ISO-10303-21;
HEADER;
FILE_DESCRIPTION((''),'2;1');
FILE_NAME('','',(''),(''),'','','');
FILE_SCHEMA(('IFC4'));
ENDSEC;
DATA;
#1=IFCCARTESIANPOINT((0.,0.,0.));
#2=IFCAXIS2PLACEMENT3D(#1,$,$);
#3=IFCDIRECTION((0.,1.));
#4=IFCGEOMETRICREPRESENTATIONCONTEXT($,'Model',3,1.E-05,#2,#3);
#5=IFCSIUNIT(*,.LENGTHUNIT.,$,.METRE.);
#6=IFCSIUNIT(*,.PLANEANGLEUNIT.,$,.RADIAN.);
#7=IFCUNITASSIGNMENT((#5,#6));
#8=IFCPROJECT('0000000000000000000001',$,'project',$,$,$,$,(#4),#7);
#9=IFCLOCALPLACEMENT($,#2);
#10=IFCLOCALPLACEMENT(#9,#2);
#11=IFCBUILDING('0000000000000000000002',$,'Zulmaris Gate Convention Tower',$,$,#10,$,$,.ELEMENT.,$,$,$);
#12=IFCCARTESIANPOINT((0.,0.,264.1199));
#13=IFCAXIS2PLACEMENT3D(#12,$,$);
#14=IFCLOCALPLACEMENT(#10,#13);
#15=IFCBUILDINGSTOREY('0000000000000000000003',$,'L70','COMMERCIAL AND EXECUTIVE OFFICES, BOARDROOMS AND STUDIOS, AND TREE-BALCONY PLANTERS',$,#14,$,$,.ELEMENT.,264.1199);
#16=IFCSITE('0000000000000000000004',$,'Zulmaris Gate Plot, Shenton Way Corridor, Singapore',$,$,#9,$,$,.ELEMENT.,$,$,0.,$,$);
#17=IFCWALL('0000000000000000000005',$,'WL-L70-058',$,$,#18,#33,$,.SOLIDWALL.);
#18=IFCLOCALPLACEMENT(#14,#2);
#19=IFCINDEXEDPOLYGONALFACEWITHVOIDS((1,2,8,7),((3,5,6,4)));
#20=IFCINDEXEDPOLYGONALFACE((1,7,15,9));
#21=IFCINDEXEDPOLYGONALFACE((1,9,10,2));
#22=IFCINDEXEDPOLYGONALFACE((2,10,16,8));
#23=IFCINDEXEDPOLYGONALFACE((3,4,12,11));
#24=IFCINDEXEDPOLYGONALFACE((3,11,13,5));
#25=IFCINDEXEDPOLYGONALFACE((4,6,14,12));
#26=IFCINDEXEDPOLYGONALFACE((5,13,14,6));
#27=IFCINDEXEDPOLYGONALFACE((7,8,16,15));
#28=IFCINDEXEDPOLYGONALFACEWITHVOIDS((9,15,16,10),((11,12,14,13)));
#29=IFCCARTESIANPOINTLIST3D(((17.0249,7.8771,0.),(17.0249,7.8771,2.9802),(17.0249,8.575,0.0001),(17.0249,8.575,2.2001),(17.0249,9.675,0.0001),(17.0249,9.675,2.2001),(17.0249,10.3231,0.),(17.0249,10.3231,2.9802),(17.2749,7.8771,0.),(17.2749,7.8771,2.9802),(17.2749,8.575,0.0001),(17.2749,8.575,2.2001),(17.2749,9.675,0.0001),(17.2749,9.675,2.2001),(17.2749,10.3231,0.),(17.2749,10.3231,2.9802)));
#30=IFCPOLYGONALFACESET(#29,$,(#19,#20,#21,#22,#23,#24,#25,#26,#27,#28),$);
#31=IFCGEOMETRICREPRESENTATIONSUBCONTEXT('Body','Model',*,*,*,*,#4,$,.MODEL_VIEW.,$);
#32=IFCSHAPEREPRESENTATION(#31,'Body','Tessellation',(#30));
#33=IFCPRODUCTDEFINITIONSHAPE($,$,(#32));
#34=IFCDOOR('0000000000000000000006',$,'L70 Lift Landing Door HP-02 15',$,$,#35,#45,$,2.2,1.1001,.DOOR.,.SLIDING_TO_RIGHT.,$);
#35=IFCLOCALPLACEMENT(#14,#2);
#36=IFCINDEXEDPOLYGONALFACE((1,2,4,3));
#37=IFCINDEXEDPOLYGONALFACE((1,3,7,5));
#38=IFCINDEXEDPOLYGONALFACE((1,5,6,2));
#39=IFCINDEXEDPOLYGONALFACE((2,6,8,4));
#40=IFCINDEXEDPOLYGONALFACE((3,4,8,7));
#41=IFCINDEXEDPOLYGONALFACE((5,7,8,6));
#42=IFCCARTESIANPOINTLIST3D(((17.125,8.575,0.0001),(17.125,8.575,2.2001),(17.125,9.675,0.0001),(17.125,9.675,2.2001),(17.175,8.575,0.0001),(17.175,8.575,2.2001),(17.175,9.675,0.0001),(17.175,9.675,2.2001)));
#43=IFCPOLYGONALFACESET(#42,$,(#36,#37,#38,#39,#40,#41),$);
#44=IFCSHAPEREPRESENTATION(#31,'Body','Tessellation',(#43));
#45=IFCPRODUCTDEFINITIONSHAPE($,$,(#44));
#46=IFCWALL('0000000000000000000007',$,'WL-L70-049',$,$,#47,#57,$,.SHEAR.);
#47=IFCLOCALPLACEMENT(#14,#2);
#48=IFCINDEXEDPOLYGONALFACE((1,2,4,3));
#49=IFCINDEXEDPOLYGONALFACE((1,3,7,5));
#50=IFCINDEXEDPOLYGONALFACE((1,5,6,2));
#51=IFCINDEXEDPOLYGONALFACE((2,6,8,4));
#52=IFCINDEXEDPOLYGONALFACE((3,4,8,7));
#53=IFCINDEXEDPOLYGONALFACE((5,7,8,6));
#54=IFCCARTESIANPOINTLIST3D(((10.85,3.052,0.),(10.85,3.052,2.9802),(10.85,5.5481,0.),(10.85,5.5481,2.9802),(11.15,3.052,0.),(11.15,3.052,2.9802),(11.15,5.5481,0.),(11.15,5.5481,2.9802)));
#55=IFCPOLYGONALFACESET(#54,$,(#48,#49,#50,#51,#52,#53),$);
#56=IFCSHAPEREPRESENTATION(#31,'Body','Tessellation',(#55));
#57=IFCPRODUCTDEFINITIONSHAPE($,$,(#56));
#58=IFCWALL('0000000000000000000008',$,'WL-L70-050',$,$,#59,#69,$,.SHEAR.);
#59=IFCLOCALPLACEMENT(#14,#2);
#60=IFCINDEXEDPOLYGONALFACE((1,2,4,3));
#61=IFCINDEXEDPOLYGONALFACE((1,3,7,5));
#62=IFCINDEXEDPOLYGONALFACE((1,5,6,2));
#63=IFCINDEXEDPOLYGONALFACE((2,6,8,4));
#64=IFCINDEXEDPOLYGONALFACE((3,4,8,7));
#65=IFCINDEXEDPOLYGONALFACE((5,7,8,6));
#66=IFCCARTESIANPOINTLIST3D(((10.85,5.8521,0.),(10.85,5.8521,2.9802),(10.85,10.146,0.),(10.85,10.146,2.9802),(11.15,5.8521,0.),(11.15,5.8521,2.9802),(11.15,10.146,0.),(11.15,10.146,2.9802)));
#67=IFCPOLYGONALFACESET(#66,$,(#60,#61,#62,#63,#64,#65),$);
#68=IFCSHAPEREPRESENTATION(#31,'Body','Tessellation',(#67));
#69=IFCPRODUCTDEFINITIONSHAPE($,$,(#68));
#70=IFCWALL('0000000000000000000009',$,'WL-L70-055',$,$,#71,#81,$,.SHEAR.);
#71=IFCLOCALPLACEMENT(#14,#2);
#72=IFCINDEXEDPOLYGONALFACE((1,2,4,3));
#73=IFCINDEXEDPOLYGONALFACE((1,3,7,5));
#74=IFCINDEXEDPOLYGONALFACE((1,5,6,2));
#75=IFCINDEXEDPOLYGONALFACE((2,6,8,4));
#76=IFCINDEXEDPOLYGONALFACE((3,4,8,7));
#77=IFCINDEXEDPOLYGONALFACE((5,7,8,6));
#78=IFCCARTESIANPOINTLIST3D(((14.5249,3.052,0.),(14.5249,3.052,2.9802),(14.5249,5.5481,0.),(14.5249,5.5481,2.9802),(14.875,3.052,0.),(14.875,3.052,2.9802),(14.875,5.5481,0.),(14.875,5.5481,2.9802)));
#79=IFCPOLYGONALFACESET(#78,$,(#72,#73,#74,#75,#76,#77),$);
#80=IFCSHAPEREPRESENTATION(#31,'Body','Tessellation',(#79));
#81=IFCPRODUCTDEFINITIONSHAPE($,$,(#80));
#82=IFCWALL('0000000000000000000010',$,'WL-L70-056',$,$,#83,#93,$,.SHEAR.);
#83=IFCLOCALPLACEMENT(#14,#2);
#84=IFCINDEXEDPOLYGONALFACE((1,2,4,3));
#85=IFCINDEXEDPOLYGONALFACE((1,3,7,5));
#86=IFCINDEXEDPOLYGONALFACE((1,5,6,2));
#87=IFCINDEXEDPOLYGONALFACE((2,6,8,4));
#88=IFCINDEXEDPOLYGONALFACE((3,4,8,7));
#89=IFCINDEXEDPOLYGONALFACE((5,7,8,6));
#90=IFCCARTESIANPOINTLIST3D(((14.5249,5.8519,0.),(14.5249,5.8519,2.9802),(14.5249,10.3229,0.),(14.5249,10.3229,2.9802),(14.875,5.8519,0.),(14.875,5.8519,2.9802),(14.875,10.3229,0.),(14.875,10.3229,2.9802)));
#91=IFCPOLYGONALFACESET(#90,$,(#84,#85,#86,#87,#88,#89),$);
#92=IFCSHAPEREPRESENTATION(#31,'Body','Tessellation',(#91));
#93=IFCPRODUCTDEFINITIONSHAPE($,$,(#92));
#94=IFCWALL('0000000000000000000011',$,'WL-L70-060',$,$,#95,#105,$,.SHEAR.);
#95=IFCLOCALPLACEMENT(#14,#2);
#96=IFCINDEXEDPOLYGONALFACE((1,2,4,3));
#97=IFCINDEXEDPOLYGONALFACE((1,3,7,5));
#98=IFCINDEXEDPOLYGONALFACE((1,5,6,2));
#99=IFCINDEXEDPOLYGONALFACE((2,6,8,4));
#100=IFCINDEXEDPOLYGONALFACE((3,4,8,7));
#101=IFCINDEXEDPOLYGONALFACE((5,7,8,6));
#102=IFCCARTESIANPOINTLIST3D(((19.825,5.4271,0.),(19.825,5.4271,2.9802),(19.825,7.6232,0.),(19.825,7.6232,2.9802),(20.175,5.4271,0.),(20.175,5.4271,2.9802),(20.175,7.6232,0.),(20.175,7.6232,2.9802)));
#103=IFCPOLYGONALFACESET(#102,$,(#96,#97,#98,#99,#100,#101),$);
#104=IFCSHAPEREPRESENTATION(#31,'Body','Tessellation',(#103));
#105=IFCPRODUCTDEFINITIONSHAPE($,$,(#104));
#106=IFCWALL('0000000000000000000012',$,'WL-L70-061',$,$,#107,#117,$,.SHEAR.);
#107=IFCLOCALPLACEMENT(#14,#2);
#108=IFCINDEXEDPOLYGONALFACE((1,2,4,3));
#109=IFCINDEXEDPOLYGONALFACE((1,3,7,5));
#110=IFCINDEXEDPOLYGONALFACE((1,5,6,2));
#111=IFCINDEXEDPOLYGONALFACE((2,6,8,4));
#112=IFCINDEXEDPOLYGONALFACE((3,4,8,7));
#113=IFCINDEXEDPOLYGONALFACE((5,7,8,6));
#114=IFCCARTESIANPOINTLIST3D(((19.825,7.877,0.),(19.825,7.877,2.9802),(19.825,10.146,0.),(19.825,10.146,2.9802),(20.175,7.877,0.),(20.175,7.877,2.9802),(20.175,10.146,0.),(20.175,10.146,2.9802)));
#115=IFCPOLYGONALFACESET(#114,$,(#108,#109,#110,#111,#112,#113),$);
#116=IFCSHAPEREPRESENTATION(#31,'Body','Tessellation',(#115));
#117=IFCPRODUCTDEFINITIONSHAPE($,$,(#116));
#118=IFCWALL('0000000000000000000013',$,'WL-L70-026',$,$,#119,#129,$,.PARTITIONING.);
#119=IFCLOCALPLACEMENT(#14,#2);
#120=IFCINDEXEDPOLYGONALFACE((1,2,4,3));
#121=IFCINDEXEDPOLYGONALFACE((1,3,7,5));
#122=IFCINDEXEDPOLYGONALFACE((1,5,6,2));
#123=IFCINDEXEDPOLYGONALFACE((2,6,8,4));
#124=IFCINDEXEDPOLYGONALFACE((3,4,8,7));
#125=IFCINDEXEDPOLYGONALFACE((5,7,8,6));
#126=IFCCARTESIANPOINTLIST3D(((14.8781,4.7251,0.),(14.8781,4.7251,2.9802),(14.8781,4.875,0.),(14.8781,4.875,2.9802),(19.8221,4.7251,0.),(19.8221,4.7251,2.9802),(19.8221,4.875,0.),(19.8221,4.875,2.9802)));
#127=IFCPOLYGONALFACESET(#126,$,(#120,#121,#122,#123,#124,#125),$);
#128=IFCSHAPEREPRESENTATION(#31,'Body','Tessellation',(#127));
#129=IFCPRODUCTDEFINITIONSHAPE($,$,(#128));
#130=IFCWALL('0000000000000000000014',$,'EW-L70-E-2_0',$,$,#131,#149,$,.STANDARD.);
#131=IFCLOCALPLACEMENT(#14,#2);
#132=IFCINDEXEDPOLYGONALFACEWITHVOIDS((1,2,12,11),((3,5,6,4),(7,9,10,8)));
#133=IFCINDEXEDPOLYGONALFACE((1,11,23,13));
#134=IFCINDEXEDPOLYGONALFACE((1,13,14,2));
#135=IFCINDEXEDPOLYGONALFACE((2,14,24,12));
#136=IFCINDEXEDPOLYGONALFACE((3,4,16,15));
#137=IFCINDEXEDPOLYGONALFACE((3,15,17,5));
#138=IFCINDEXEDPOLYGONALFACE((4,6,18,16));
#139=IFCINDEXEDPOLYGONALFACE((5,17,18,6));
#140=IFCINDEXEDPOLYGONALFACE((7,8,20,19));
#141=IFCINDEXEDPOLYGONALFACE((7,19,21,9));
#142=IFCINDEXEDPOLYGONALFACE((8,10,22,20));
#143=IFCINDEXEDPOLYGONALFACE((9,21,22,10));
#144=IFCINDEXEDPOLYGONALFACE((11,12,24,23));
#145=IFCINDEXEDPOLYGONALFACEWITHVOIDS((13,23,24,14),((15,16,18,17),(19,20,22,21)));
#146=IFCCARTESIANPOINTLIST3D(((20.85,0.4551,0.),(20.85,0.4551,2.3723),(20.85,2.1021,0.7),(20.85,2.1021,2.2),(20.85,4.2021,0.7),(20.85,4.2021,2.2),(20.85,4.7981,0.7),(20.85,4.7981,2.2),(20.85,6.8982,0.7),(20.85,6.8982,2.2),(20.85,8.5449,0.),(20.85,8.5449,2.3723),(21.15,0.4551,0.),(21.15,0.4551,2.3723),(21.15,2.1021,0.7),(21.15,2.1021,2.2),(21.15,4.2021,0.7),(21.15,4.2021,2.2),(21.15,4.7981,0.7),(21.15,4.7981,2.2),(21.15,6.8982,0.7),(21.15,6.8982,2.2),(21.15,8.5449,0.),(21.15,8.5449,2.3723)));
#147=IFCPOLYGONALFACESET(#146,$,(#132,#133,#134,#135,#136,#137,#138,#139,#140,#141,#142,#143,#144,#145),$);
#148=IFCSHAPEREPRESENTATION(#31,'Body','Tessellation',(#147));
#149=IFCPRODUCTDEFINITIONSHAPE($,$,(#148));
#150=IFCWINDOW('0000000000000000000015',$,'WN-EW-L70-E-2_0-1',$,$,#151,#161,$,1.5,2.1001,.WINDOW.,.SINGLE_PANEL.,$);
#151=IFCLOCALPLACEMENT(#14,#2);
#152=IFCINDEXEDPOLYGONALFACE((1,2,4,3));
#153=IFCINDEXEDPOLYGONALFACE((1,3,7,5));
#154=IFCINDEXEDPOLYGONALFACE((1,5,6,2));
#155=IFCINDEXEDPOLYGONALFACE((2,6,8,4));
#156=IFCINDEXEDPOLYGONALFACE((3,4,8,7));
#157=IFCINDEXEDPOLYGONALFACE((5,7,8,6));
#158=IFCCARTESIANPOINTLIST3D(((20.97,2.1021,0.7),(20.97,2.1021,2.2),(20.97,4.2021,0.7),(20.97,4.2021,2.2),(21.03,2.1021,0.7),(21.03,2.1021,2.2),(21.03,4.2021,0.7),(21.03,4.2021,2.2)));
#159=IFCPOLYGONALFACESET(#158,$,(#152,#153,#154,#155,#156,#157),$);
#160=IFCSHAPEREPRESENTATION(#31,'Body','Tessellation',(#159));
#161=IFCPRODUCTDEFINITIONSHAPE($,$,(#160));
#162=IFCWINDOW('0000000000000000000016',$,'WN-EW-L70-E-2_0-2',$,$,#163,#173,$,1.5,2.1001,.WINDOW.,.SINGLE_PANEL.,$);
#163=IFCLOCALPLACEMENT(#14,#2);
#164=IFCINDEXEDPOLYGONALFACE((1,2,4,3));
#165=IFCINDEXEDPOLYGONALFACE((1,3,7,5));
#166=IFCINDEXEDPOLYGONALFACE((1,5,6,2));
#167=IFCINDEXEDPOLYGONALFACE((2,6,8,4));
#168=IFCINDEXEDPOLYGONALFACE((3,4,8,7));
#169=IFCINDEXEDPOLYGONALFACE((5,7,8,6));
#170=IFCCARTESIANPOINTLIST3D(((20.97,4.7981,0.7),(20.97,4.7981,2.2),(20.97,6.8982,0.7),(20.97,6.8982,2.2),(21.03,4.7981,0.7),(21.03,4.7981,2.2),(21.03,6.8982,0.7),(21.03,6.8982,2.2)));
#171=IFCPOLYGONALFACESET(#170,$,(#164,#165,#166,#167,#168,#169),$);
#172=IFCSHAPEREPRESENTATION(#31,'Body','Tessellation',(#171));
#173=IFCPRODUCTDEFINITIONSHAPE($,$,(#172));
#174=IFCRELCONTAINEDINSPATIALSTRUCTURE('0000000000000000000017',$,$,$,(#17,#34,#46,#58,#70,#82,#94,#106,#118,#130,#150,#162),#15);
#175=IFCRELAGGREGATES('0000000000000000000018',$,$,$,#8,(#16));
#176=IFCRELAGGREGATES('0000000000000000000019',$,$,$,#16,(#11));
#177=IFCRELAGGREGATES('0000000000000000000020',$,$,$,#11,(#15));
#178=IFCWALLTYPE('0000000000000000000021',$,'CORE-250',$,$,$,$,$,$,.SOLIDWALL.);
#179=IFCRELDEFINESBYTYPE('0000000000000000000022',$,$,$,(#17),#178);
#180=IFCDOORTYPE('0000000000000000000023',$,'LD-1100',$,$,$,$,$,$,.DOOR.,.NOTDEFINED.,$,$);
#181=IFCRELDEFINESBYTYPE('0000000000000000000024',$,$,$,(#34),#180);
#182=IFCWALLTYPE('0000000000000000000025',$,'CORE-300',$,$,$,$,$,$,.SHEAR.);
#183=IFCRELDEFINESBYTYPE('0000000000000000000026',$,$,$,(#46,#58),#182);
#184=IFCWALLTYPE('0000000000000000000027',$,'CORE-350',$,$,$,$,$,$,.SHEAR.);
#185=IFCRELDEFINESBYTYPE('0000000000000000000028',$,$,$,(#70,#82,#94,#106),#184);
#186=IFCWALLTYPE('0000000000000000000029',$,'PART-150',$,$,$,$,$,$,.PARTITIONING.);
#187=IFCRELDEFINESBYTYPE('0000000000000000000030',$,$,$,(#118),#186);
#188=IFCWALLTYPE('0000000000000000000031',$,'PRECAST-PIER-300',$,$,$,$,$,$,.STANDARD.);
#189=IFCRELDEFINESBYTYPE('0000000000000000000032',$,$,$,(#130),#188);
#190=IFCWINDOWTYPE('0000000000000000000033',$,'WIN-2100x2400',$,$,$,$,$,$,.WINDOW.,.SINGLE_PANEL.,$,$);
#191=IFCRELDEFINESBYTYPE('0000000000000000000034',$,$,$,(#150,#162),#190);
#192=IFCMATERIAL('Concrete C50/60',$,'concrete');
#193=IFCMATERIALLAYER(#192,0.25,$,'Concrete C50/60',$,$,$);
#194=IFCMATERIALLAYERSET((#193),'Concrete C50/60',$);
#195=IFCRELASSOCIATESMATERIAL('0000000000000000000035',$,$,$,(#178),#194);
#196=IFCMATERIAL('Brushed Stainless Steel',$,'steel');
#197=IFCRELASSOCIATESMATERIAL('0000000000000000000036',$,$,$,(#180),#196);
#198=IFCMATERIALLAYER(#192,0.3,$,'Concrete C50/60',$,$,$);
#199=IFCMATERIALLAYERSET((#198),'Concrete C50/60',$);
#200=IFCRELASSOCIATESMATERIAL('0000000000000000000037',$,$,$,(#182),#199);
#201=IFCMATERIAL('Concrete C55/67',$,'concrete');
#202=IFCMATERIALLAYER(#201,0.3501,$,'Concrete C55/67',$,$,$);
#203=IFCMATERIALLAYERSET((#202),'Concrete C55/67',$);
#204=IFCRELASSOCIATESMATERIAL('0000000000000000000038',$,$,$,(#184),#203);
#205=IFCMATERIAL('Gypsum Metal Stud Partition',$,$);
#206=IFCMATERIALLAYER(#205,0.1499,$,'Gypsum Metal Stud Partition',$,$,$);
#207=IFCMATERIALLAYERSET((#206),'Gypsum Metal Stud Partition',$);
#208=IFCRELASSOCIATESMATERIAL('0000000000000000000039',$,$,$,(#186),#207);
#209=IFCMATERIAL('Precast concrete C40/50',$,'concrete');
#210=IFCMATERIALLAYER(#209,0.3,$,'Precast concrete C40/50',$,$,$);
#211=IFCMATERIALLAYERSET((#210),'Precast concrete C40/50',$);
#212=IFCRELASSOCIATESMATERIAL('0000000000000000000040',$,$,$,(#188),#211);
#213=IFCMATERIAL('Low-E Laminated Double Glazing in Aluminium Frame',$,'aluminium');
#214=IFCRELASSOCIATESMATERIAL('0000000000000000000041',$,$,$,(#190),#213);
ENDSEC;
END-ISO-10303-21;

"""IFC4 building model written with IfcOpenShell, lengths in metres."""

from ifc_helpers import new_model, si_unit, direction, frame, frame_2d, origin, place, context, subcontext, project, spatial, rectangle, extrude, material, layer, layer_set, type_object, element, fill, save


model = new_model("IFC4")

# Units and contexts
model_context = context("Model", 3, precision=1e-05, world=origin(), true_north=direction((0.0, 1.0)))
body_context = subcontext(model_context, "Body", "Model", "MODEL_VIEW")
ifc_project = project(units=[si_unit("LENGTHUNIT", "METRE"), si_unit("PLANEANGLEUNIT", "RADIAN")], contexts=[model_context])

# Site, building, storey
site_placement = place(None, origin())
site = spatial("IfcSite", under=ifc_project, at=site_placement, Name="Zulmaris Gate Plot, Shenton Way Corridor, Singapore", CompositionType="ELEMENT", RefElevation=0.0)
building_placement = place(site_placement, origin())
building = spatial("IfcBuilding", under=site, at=building_placement, Name="Zulmaris Gate Convention Tower", CompositionType="ELEMENT")
storey_placement = place(building_placement, frame((0.0, 0.0, 264.1199)))
storey = spatial("IfcBuildingStorey", under=building, at=storey_placement, Name="L70", Description="COMMERCIAL AND EXECUTIVE OFFICES, BOARDROOMS AND STUDIOS, AND TREE-BALCONY PLANTERS", CompositionType="ELEMENT", Elevation=264.1199)

# Shared definitions
ifc_material_1 = material(Name="Concrete C50/60", Category="concrete")

# Shared definitions
ifc_layer_1 = layer(ifc_material_1, 0.25, Name="Concrete C50/60")
ifc_layer_set_1 = layer_set([ifc_layer_1], Name="Concrete C50/60")
wall_type_1 = type_object("IfcWallType", Name="CORE-250", PredefinedType="SOLIDWALL", material=ifc_layer_set_1)

# Wall, opening, door
ifc_material_2 = material(Name="Brushed Stainless Steel", Category="steel")
door_type_1 = type_object("IfcDoorType", Name="LD-1100", OperationType="NOTDEFINED", PredefinedType="DOOR", material=ifc_material_2)
wall_1_placement = place(storey_placement, frame((17.1499, 7.877, 0.0), z_axis=(0.0, 0.0, 1.0), x_axis=(0.0, 1.0, 0.0)))
wall_1 = element("IfcWall", 1, at=wall_1_placement, inside=storey, type_object=wall_type_1, Name="WL-L70-058", PredefinedType="SOLIDWALL", context=body_context, shape_type="SweptSolid", body=[
    extrude(rectangle(XDim=2.446, YDim=0.25, at=frame_2d((1.2231, 0.0))), origin(), (0.0, 0.0, 1.0), 2.9802),
])
opening_1_placement = place(wall_1_placement, frame((0.698, 0.0, 0.0)))
opening_1 = element("IfcOpeningElement", 2, at=opening_1_placement, cuts=wall_1, PredefinedType="OPENING", context=body_context, shape_type="SweptSolid", body=[
    extrude(rectangle(XDim=1.1001, YDim=2.2, at=frame_2d((0.55, 1.1001))), frame((0.0, 0.135, 0.0), z_axis=(0.0, -1.0, 0.0), x_axis=(1.0, 0.0, 0.0)), (0.0, 0.0, 1.0), 0.27),
])
door_1_placement = place(opening_1_placement, origin())
door_1 = element("IfcDoor", 3, at=door_1_placement, inside=storey, type_object=door_type_1, Name="L70 Lift Landing Door HP-02 15", OperationType="SLIDING_TO_RIGHT", OverallHeight=2.2, OverallWidth=1.1001, PredefinedType="DOOR", context=body_context, shape_type="SweptSolid", body=[
    extrude(rectangle(XDim=1.1001, YDim=2.2, at=frame_2d((0.55, 1.1001))), frame((0.0, 0.0249, 0.0), z_axis=(0.0, -1.0, 0.0), x_axis=(1.0, 0.0, 0.0)), (0.0, 0.0, 1.0), 0.05),
])
fill(opening_1, door_1)
ifc_layer_2 = layer(ifc_material_1, 0.3, Name="Concrete C50/60")
ifc_layer_set_2 = layer_set([ifc_layer_2], Name="Concrete C50/60")
wall_type_2 = type_object("IfcWallType", Name="CORE-300", PredefinedType="SHEAR", material=ifc_layer_set_2)

# Walls
wall_2_placement = place(storey_placement, frame((11.0, 3.052, 0.0), z_axis=(0.0, 0.0, 1.0), x_axis=(0.0, 1.0, 0.0)))
element("IfcWall", 4, at=wall_2_placement, inside=storey, type_object=wall_type_2, Name="WL-L70-049", PredefinedType="SHEAR", context=body_context, shape_type="SweptSolid", body=[
    extrude(rectangle(XDim=2.4961, YDim=0.3, at=frame_2d((1.248, 0.0))), origin(), (0.0, 0.0, 1.0), 2.9802),
])
wall_3_placement = place(storey_placement, frame((11.0, 5.8521, 0.0), z_axis=(0.0, 0.0, 1.0), x_axis=(0.0, 1.0, 0.0)))
element("IfcWall", 5, at=wall_3_placement, inside=storey, type_object=wall_type_2, Name="WL-L70-050", PredefinedType="SHEAR", context=body_context, shape_type="SweptSolid", body=[
    extrude(rectangle(XDim=4.2939, YDim=0.3, at=frame_2d((2.147, 0.0))), origin(), (0.0, 0.0, 1.0), 2.9802),
])
ifc_material_3 = material(Name="Concrete C55/67", Category="concrete")
ifc_layer_3 = layer(ifc_material_3, 0.3501, Name="Concrete C55/67")
ifc_layer_set_3 = layer_set([ifc_layer_3], Name="Concrete C55/67")
wall_type_3 = type_object("IfcWallType", Name="CORE-350", PredefinedType="SHEAR", material=ifc_layer_set_3)
wall_4_placement = place(storey_placement, frame((14.7, 3.052, 0.0), z_axis=(0.0, 0.0, 1.0), x_axis=(0.0, 1.0, 0.0)))
element("IfcWall", 6, at=wall_4_placement, inside=storey, type_object=wall_type_3, Name="WL-L70-055", PredefinedType="SHEAR", context=body_context, shape_type="SweptSolid", body=[
    extrude(rectangle(XDim=2.4961, YDim=0.3501, at=frame_2d((1.248, 0.0))), origin(), (0.0, 0.0, 1.0), 2.9802),
])
wall_5_placement = place(storey_placement, frame((14.7, 5.8521, 0.0), z_axis=(0.0, 0.0, 1.0), x_axis=(0.0, 1.0, 0.0)))
element("IfcWall", 7, at=wall_5_placement, inside=storey, type_object=wall_type_3, Name="WL-L70-056", PredefinedType="SHEAR", context=body_context, shape_type="SweptSolid", body=[
    extrude(rectangle(XDim=4.4709, YDim=0.3501, at=frame_2d((2.2354, 0.0))), origin(), (0.0, 0.0, 1.0), 2.9802),
])
wall_6_placement = place(storey_placement, frame((20.0, 5.427, 0.0), z_axis=(0.0, 0.0, 1.0), x_axis=(0.0, 1.0, 0.0)))
element("IfcWall", 8, at=wall_6_placement, inside=storey, type_object=wall_type_3, Name="WL-L70-060", PredefinedType="SHEAR", context=body_context, shape_type="SweptSolid", body=[
    extrude(rectangle(XDim=2.196, YDim=0.3501, at=frame_2d((1.0981, 0.0))), origin(), (0.0, 0.0, 1.0), 2.9802),
])
wall_7_placement = place(storey_placement, frame((20.0, 7.877, 0.0), z_axis=(0.0, 0.0, 1.0), x_axis=(0.0, 1.0, 0.0)))
element("IfcWall", 9, at=wall_7_placement, inside=storey, type_object=wall_type_3, Name="WL-L70-061", PredefinedType="SHEAR", context=body_context, shape_type="SweptSolid", body=[
    extrude(rectangle(XDim=2.269, YDim=0.3501, at=frame_2d((1.1345, 0.0))), origin(), (0.0, 0.0, 1.0), 2.9802),
])
ifc_material_4 = material(Name="Gypsum Metal Stud Partition")
ifc_layer_4 = layer(ifc_material_4, 0.1499, Name="Gypsum Metal Stud Partition")
ifc_layer_set_4 = layer_set([ifc_layer_4], Name="Gypsum Metal Stud Partition")
wall_type_4 = type_object("IfcWallType", Name="PART-150", PredefinedType="PARTITIONING", material=ifc_layer_set_4)
wall_8_placement = place(storey_placement, frame((14.8779, 4.8, 0.0), z_axis=(0.0, 0.0, 1.0), x_axis=(1.0, 0.0, 0.0)))
element("IfcWall", 10, at=wall_8_placement, inside=storey, type_object=wall_type_4, Name="WL-L70-026", PredefinedType="PARTITIONING", context=body_context, shape_type="SweptSolid", body=[
    extrude(rectangle(XDim=4.9441, YDim=0.1499, at=frame_2d((2.4722, 0.0))), origin(), (0.0, 0.0, 1.0), 2.9802),
])

# Wall, openings, windows
ifc_material_5 = material(Name="Precast concrete C40/50", Category="concrete")
ifc_layer_5 = layer(ifc_material_5, 0.3, Name="Precast concrete C40/50")
ifc_layer_set_5 = layer_set([ifc_layer_5], Name="Precast concrete C40/50")
wall_type_5 = type_object("IfcWallType", Name="PRECAST-PIER-300", PredefinedType="STANDARD", material=ifc_layer_set_5)
wall_9_placement = place(storey_placement, frame((21.0, 0.4551, 0.0), z_axis=(0.0, 0.0, 1.0), x_axis=(0.0, 1.0, 0.0)))
wall_9 = element("IfcWall", 11, at=wall_9_placement, inside=storey, type_object=wall_type_5, Name="EW-L70-E-2_0", PredefinedType="STANDARD", context=body_context, shape_type="SweptSolid", body=[
    extrude(rectangle(XDim=8.0898, YDim=0.3, at=frame_2d((4.0449, 0.0))), origin(), (0.0, 0.0, 1.0), 2.3723),
])
opening_2_placement = place(wall_9_placement, frame((1.647, 0.0, 0.7)))
opening_2 = element("IfcOpeningElement", 12, at=opening_2_placement, cuts=wall_9, PredefinedType="OPENING", context=body_context, shape_type="SweptSolid", body=[
    extrude(rectangle(XDim=2.1001, YDim=1.5, at=frame_2d((1.05, 0.75))), frame((0.0, 0.1602, 0.0), z_axis=(0.0, -1.0, 0.0), x_axis=(1.0, 0.0, 0.0)), (0.0, 0.0, 1.0), 0.3201),
])
opening_3_placement = place(wall_9_placement, frame((4.343, 0.0, 0.7)))
opening_3 = element("IfcOpeningElement", 13, at=opening_3_placement, cuts=wall_9, PredefinedType="OPENING", context=body_context, shape_type="SweptSolid", body=[
    extrude(rectangle(XDim=2.1001, YDim=1.5, at=frame_2d((1.05, 0.75))), frame((0.0, 0.1602, 0.0), z_axis=(0.0, -1.0, 0.0), x_axis=(1.0, 0.0, 0.0)), (0.0, 0.0, 1.0), 0.3201),
])
ifc_material_6 = material(Name="Low-E Laminated Double Glazing in Aluminium Frame", Category="aluminium")
window_type = type_object("IfcWindowType", Name="WIN-2100x2400", PartitioningType="SINGLE_PANEL", PredefinedType="WINDOW", material=ifc_material_6)
window_1_placement = place(opening_2_placement, origin())
window_1 = element("IfcWindow", 14, at=window_1_placement, inside=storey, type_object=window_type, Name="WN-EW-L70-E-2_0-1", OverallHeight=1.5, OverallWidth=2.1001, PartitioningType="SINGLE_PANEL", PredefinedType="WINDOW", context=body_context, shape_type="SweptSolid", body=[
    extrude(rectangle(XDim=2.1001, YDim=1.5, at=frame_2d((1.05, 0.75))), frame((0.0, 0.03, 0.0), z_axis=(0.0, -1.0, 0.0), x_axis=(1.0, 0.0, 0.0)), (0.0, 0.0, 1.0), 0.0601),
])
fill(opening_2, window_1)
window_2_placement = place(opening_3_placement, origin())
window_2 = element("IfcWindow", 15, at=window_2_placement, inside=storey, type_object=window_type, Name="WN-EW-L70-E-2_0-2", OverallHeight=1.5, OverallWidth=2.1001, PartitioningType="SINGLE_PANEL", PredefinedType="WINDOW", context=body_context, shape_type="SweptSolid", body=[
    extrude(rectangle(XDim=2.1001, YDim=1.5, at=frame_2d((1.05, 0.75))), frame((0.0, 0.03, 0.0), z_axis=(0.0, -1.0, 0.0), x_axis=(1.0, 0.0, 0.0)), (0.0, 0.0, 1.0), 0.0601),
])
fill(opening_3, window_2)

save(model, "model.ifc")
